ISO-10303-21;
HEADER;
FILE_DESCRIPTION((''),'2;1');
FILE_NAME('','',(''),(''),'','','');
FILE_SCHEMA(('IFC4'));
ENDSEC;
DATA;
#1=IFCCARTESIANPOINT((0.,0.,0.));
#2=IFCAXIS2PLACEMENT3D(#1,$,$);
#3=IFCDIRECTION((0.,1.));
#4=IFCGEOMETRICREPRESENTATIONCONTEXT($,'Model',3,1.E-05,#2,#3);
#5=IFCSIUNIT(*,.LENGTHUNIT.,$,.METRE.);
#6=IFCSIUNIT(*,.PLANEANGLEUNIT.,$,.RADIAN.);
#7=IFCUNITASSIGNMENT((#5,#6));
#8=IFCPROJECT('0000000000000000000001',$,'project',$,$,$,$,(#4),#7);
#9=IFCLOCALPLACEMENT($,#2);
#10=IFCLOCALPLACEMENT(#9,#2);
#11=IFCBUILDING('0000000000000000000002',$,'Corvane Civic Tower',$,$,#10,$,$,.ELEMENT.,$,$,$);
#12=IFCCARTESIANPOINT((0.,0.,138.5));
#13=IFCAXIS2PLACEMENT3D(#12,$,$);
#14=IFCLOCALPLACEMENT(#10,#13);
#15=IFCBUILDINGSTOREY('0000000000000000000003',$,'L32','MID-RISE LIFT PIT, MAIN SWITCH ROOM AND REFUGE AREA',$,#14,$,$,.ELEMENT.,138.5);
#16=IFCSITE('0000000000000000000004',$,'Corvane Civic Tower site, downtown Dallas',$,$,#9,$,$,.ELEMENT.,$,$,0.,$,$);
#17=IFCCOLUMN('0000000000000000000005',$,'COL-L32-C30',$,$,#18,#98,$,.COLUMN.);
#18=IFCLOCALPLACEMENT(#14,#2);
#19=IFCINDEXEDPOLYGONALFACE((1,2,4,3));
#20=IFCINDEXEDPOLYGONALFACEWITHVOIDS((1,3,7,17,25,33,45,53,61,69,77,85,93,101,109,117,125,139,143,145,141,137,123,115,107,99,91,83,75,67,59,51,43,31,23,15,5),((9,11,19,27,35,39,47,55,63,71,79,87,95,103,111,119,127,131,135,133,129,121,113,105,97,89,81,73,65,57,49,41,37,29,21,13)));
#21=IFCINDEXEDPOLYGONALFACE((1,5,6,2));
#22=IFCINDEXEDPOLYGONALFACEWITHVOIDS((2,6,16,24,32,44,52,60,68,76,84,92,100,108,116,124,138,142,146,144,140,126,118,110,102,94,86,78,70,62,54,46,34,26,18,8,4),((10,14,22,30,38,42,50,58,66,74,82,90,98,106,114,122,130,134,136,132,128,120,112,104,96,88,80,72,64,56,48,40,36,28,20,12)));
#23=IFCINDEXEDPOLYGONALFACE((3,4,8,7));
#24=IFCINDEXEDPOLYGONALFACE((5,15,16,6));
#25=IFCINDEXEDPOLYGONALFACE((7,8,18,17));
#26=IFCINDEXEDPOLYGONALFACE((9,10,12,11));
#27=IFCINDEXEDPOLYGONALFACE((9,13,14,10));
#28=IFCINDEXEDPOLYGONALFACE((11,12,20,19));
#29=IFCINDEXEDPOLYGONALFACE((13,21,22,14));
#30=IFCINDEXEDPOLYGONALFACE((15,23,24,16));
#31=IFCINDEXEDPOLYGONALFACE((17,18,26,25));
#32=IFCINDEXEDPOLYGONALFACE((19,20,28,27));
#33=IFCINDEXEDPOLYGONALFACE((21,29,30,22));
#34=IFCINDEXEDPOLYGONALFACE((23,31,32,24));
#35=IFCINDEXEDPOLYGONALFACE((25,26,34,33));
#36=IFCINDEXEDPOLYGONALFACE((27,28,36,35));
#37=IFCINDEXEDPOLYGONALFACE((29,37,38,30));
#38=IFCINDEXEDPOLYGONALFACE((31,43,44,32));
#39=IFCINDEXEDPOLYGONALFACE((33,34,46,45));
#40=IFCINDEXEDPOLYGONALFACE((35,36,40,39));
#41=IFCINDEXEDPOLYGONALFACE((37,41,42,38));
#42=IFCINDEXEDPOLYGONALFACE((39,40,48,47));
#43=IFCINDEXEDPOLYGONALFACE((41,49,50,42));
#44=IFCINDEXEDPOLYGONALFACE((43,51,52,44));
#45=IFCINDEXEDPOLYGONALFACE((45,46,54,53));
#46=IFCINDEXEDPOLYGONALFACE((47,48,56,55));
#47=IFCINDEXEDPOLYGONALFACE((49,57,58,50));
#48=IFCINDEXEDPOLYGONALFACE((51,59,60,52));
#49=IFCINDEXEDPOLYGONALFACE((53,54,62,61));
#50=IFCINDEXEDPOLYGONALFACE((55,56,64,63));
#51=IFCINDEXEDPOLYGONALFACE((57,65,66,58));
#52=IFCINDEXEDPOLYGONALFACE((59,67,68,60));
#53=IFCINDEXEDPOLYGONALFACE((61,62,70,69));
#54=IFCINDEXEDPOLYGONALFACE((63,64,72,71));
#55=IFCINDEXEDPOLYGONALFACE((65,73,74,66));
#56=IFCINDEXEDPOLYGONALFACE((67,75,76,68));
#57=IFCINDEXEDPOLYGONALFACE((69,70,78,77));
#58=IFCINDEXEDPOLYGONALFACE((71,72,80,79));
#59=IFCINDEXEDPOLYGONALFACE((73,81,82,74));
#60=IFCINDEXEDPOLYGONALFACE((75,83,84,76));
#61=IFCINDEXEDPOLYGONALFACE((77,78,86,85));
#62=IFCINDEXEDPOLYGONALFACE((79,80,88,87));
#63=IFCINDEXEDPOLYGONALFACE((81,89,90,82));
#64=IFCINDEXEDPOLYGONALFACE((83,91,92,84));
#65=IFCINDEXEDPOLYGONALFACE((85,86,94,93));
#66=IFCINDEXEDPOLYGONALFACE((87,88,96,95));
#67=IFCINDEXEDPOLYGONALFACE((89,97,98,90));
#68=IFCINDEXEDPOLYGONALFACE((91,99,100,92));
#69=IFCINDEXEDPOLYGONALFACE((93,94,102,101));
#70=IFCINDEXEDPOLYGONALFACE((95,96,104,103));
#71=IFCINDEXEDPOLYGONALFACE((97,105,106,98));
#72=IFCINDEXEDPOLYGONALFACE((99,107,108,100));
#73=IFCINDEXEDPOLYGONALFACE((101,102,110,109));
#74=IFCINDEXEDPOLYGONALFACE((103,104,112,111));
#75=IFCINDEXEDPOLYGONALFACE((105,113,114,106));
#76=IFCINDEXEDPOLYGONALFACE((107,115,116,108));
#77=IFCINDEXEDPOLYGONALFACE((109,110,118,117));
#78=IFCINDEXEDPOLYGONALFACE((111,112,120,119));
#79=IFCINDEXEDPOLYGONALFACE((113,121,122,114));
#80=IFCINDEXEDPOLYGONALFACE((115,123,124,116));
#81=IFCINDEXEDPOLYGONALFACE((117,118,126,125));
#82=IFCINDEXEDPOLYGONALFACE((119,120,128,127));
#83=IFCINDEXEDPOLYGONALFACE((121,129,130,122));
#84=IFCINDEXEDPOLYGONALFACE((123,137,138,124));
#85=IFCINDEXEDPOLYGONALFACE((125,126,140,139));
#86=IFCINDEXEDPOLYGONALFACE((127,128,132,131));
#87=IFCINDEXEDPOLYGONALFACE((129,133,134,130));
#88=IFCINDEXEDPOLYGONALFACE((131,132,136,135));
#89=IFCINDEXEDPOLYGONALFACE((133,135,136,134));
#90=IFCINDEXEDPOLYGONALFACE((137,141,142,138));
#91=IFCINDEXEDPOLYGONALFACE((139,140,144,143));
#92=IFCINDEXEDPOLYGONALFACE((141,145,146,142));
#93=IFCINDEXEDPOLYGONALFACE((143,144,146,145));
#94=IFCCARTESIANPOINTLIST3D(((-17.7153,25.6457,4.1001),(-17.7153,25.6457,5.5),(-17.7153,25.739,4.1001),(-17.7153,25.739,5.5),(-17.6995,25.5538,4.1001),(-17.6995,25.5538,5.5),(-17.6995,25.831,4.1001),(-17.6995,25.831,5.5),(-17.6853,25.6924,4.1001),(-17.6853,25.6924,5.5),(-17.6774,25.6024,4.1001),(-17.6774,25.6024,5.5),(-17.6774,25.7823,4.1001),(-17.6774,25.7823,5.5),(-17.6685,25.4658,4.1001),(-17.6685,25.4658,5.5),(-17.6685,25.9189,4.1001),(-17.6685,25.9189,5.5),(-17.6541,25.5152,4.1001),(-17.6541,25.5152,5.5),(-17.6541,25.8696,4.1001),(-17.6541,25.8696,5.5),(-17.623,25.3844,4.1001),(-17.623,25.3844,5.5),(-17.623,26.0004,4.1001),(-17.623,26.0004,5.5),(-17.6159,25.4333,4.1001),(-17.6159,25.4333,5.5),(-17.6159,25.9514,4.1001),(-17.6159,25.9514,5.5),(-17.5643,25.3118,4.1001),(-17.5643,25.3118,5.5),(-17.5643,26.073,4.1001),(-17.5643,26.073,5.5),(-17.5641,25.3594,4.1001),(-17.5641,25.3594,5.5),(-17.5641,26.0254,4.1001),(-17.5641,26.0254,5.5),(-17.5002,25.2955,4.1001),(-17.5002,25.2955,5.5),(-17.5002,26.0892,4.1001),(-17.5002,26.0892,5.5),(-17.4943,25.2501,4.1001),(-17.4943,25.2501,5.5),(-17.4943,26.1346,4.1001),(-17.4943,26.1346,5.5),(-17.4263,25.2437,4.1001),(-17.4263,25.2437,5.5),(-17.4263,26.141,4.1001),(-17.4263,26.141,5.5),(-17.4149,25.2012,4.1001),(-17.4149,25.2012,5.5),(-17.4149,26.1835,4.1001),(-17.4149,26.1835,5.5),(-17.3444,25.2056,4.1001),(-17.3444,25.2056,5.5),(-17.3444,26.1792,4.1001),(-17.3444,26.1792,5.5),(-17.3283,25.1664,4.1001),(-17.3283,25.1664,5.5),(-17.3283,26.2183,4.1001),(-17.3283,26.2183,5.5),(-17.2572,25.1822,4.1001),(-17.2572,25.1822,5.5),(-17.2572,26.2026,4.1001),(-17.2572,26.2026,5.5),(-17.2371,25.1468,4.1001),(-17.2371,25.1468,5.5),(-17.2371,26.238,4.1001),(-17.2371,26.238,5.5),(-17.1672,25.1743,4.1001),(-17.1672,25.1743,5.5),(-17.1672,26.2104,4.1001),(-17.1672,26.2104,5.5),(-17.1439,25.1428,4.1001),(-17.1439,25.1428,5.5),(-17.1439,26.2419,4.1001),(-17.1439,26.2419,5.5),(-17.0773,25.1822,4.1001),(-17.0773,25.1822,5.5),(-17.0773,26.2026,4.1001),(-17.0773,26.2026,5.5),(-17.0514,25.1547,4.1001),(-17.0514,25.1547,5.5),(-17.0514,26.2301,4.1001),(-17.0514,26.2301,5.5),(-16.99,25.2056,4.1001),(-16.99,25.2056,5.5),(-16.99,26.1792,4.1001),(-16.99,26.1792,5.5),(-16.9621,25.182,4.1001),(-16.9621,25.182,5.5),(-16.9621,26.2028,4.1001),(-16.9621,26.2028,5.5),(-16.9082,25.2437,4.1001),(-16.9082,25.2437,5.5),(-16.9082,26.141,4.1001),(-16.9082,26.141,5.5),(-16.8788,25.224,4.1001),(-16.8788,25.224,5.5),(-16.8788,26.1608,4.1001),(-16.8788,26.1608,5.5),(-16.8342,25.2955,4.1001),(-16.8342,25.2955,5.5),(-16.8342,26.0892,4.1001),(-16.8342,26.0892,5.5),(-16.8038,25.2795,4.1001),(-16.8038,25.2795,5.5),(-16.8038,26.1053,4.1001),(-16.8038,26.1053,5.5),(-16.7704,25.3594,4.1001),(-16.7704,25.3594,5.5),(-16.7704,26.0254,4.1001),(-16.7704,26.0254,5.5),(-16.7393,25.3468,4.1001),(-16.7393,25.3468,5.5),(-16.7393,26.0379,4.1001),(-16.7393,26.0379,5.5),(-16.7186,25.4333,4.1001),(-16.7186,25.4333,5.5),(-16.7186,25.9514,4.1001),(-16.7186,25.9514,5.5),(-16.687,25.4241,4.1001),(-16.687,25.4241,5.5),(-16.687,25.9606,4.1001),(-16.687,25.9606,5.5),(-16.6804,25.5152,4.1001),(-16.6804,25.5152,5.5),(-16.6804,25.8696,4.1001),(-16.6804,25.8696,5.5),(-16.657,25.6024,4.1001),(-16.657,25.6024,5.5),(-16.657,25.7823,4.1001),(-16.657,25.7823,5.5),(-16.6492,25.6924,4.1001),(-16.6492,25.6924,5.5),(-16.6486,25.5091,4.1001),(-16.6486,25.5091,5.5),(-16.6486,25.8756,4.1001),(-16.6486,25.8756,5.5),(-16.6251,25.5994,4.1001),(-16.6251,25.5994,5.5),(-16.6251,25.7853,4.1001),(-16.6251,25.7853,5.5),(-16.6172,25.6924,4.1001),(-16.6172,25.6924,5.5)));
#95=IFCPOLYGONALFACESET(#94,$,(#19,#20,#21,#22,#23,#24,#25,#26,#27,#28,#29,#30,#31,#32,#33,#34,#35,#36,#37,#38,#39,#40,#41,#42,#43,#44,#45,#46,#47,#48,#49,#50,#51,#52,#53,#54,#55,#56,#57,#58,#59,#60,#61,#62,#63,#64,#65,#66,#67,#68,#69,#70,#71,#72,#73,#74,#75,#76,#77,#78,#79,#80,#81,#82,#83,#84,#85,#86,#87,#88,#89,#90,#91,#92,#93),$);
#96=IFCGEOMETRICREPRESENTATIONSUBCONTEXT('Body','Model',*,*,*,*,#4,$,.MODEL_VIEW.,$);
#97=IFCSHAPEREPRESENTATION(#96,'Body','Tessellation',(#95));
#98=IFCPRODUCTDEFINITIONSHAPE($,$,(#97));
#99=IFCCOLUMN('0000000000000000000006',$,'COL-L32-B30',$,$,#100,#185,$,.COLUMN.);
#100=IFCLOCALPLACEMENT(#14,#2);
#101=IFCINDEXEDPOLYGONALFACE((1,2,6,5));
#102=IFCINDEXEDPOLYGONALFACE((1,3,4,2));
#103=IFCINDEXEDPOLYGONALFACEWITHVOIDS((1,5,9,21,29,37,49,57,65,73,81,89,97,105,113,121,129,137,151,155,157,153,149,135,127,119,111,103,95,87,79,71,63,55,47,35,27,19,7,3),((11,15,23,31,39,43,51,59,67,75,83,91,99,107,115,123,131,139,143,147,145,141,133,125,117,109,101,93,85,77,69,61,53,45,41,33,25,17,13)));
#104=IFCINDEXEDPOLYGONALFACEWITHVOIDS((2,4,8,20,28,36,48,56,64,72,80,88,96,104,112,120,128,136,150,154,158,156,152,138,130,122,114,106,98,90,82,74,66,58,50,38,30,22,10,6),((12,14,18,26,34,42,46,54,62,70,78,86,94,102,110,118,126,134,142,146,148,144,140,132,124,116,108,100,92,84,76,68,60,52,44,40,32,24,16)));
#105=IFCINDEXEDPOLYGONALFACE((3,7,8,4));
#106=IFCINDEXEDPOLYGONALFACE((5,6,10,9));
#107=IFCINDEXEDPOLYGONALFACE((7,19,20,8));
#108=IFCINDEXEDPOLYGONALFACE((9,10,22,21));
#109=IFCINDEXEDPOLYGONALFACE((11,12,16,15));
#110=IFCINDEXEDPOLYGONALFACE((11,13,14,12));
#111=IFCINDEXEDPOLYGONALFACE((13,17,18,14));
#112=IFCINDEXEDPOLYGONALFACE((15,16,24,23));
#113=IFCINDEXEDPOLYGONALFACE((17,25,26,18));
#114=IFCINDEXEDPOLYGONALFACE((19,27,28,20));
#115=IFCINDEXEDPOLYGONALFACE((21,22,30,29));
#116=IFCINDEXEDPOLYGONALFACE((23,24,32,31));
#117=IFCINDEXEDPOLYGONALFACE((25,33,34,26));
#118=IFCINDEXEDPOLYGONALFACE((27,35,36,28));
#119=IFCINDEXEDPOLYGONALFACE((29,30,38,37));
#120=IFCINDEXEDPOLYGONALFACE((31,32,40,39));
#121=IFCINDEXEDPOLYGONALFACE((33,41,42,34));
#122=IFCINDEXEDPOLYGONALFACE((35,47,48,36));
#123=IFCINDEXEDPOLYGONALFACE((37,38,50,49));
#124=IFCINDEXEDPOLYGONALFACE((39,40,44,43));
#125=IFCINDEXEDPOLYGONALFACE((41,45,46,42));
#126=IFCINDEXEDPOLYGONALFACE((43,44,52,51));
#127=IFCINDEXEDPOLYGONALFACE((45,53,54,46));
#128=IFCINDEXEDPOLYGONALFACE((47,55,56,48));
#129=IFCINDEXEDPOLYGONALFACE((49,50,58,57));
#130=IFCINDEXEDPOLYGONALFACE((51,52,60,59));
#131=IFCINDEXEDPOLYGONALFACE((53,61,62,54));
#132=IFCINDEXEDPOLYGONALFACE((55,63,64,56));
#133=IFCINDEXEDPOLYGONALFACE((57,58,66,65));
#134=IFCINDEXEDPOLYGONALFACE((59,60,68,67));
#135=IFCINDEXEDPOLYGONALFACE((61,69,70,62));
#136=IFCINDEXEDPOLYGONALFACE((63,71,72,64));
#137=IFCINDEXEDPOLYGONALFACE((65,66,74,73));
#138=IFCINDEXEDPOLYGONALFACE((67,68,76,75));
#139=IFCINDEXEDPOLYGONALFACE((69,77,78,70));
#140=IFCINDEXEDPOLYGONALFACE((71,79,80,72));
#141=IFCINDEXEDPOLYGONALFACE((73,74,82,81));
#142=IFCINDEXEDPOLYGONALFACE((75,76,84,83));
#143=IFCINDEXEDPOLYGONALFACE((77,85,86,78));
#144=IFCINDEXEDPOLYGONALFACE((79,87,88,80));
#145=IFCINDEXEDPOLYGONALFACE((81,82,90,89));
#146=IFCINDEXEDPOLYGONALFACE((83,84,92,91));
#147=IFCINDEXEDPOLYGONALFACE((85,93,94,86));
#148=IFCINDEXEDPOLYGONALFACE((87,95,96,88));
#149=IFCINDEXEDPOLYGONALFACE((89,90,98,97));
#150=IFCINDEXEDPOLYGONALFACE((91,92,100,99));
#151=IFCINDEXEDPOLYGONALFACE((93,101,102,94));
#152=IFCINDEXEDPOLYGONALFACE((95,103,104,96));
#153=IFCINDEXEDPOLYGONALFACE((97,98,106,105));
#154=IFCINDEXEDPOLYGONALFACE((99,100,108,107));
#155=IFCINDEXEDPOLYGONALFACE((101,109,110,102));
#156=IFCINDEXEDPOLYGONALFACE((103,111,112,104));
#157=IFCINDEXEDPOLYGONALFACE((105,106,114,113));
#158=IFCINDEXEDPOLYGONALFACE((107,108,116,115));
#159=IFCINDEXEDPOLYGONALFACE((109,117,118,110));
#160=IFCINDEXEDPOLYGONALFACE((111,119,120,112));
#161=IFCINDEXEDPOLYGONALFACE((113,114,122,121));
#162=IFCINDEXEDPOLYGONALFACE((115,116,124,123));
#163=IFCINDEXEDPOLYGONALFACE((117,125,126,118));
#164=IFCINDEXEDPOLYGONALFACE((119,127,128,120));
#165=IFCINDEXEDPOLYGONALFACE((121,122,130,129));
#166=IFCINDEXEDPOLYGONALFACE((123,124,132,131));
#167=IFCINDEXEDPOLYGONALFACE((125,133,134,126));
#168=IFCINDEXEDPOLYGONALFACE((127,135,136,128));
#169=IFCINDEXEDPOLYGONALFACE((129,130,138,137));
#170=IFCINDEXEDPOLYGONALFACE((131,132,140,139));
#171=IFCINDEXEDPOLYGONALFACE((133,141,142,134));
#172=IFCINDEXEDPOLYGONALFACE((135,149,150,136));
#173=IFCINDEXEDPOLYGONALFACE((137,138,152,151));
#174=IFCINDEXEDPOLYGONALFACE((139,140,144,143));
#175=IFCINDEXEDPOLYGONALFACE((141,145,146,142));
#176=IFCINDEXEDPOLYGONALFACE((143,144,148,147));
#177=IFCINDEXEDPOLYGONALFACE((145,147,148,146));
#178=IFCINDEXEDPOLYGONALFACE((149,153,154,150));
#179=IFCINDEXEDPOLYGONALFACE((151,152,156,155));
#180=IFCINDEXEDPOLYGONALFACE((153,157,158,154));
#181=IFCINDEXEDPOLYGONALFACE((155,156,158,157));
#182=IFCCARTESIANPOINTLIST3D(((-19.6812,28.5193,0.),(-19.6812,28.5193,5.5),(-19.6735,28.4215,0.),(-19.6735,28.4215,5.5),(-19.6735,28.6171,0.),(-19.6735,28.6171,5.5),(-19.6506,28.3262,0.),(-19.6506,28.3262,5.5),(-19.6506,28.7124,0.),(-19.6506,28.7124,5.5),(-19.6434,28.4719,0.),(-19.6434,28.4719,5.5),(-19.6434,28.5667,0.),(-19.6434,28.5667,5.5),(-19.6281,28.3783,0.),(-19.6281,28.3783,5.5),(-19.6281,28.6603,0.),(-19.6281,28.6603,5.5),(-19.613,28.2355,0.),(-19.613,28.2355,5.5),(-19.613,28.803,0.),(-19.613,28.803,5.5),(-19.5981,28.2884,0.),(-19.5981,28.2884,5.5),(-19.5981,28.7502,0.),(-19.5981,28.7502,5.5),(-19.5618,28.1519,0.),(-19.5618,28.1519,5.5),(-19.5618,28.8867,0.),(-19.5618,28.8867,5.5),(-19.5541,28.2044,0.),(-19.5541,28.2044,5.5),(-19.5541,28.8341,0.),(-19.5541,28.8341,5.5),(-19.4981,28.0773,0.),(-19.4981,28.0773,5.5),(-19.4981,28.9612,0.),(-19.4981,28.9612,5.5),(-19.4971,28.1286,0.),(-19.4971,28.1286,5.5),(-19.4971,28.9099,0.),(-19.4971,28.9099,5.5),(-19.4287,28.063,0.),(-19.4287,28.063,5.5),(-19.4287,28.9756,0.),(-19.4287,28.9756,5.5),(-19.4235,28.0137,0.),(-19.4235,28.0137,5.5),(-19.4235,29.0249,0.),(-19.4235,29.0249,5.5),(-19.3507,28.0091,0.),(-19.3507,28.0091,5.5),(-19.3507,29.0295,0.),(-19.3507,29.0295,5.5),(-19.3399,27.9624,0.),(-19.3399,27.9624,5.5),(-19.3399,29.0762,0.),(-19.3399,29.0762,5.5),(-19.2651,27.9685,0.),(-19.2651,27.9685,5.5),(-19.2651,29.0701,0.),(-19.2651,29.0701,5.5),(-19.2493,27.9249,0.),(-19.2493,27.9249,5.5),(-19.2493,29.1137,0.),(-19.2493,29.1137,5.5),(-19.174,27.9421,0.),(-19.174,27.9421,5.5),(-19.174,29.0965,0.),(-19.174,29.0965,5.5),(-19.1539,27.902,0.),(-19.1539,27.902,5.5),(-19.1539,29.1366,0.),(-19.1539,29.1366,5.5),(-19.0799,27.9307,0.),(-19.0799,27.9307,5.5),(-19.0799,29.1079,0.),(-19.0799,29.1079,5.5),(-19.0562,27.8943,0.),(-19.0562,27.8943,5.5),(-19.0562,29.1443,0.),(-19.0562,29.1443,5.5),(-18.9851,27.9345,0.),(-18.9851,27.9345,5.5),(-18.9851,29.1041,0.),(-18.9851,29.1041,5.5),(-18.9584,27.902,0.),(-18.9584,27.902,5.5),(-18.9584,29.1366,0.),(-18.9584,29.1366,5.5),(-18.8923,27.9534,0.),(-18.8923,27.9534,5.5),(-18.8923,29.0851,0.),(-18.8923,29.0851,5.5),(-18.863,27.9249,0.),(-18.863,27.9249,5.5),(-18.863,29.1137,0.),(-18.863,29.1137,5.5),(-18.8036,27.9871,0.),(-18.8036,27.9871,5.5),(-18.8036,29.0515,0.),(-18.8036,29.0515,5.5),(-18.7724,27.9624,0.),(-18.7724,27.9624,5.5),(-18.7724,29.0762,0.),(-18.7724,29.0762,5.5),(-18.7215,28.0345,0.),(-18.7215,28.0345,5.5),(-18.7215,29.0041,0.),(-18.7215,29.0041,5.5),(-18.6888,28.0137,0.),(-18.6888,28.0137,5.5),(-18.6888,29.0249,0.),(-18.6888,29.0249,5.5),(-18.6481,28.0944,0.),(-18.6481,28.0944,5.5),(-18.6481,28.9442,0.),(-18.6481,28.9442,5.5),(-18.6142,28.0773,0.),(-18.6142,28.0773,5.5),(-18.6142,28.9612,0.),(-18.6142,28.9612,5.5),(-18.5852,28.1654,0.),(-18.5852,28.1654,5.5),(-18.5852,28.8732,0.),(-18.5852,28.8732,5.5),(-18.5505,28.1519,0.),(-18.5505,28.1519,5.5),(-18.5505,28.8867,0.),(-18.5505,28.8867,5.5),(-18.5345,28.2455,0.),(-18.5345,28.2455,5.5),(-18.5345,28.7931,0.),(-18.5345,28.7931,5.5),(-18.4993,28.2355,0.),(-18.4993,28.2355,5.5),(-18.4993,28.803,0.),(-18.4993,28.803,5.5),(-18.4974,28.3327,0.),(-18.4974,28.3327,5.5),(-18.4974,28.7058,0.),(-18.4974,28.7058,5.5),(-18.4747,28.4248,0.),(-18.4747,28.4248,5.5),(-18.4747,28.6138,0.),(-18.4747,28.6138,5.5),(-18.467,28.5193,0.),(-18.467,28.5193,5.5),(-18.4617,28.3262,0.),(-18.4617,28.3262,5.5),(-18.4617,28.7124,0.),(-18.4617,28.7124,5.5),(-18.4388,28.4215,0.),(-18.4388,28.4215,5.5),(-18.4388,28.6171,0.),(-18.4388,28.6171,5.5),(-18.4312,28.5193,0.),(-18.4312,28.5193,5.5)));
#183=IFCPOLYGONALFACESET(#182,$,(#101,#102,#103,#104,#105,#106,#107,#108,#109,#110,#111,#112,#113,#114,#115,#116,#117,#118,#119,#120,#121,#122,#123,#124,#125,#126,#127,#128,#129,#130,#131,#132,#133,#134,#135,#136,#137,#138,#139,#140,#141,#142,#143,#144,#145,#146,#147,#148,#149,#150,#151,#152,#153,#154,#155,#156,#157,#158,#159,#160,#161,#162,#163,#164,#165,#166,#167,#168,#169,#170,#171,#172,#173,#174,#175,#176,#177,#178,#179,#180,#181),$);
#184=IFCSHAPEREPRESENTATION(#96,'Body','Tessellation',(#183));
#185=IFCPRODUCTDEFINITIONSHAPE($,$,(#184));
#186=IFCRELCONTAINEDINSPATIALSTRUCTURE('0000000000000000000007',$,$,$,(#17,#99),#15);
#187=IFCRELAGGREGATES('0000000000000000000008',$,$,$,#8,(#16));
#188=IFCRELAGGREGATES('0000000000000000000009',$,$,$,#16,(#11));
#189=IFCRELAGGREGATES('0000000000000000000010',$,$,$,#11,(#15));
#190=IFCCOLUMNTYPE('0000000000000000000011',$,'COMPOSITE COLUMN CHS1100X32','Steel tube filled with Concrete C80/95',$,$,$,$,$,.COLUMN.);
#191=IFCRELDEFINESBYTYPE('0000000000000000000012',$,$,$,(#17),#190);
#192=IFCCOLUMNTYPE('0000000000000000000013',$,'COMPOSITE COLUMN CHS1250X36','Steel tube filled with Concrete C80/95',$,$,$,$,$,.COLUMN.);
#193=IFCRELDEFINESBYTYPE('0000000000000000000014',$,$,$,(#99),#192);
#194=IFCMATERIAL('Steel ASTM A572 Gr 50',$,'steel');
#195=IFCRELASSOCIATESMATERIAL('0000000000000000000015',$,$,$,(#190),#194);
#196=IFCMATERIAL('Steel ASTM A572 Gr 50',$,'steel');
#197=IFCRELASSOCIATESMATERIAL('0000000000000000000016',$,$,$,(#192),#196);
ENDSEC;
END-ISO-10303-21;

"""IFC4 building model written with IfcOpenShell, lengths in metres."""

from ifc_helpers import new_model, si_unit, direction, frame, origin, origin_2d, place, context, subcontext, project, spatial, hollow_circle, extrude, material, material_profile, profile_set, type_object, element, save


model = new_model("IFC4")

# Units and contexts
model_context = context("Model", 3, precision=1e-05, world=origin(), true_north=direction((0.0, 1.0)))
body_context = subcontext(model_context, "Body", "Model", "MODEL_VIEW")
ifc_project = project(units=[si_unit("LENGTHUNIT", "METRE"), si_unit("PLANEANGLEUNIT", "RADIAN")], contexts=[model_context])

# Site, building, storey
site_placement = place(None, origin())
site = spatial("IfcSite", under=ifc_project, at=site_placement, Name="Corvane Civic Tower site, downtown Dallas", CompositionType="ELEMENT", RefElevation=0.0)
building_placement = place(site_placement, origin())
building = spatial("IfcBuilding", under=site, at=building_placement, Name="Corvane Civic Tower", CompositionType="ELEMENT")
storey_placement = place(building_placement, frame((0.0, 0.0, 138.5)))
storey = spatial("IfcBuildingStorey", under=building, at=storey_placement, Name="L32", Description="MID-RISE LIFT PIT, MAIN SWITCH ROOM AND REFUGE AREA", CompositionType="ELEMENT", Elevation=138.5)

# Columns
ifc_material_1 = material(Name="Steel ASTM A572 Gr 50", Category="steel")
ifc_material_profile_1 = material_profile(ifc_material_1, hollow_circle(Radius=0.55, WallThickness=0.032, at=origin_2d()), Name="CHS1100X32")
ifc_profile_set_1 = profile_set([ifc_material_profile_1], Name="Steel ASTM A572 Gr 50")
column_type_1 = type_object("IfcColumnType", Name="COMPOSITE COLUMN CHS1100X32", Description="Steel tube filled with Concrete C80/95", PredefinedType="COLUMN", material=ifc_profile_set_1)
column_1_placement = place(storey_placement, frame((-17.1672, 25.6924, 4.1001), z_axis=(0.0, 0.0, 1.0), x_axis=(1.0, 0.0, 0.0)))
element("IfcColumn", 1, at=column_1_placement, inside=storey, type_object=column_type_1, Name="COL-L32-C30", PredefinedType="COLUMN", context=body_context, shape_type="SweptSolid", body=[
    extrude(hollow_circle(Radius=0.55, WallThickness=0.032, at=origin_2d()), origin(), (0.0, 0.0, 1.0), 1.3999),
])
ifc_material_2 = material(Name="Steel ASTM A572 Gr 50", Category="steel")
ifc_material_profile_2 = material_profile(ifc_material_2, hollow_circle(Radius=0.625, WallThickness=0.0359, at=origin_2d()), Name="CHS1250X36")
ifc_profile_set_2 = profile_set([ifc_material_profile_2], Name="Steel ASTM A572 Gr 50")
column_type_2 = type_object("IfcColumnType", Name="COMPOSITE COLUMN CHS1250X36", Description="Steel tube filled with Concrete C80/95", PredefinedType="COLUMN", material=ifc_profile_set_2)
column_2_placement = place(storey_placement, frame((-19.0562, 28.5193, 0.0), z_axis=(0.0, 0.0, 1.0), x_axis=(1.0, 0.0, 0.0)))
element("IfcColumn", 2, at=column_2_placement, inside=storey, type_object=column_type_2, Name="COL-L32-B30", PredefinedType="COLUMN", context=body_context, shape_type="SweptSolid", body=[
    extrude(hollow_circle(Radius=0.625, WallThickness=0.0359, at=origin_2d()), origin(), (0.0, 0.0, 1.0), 5.5),
])

save(model, "model.ifc")
